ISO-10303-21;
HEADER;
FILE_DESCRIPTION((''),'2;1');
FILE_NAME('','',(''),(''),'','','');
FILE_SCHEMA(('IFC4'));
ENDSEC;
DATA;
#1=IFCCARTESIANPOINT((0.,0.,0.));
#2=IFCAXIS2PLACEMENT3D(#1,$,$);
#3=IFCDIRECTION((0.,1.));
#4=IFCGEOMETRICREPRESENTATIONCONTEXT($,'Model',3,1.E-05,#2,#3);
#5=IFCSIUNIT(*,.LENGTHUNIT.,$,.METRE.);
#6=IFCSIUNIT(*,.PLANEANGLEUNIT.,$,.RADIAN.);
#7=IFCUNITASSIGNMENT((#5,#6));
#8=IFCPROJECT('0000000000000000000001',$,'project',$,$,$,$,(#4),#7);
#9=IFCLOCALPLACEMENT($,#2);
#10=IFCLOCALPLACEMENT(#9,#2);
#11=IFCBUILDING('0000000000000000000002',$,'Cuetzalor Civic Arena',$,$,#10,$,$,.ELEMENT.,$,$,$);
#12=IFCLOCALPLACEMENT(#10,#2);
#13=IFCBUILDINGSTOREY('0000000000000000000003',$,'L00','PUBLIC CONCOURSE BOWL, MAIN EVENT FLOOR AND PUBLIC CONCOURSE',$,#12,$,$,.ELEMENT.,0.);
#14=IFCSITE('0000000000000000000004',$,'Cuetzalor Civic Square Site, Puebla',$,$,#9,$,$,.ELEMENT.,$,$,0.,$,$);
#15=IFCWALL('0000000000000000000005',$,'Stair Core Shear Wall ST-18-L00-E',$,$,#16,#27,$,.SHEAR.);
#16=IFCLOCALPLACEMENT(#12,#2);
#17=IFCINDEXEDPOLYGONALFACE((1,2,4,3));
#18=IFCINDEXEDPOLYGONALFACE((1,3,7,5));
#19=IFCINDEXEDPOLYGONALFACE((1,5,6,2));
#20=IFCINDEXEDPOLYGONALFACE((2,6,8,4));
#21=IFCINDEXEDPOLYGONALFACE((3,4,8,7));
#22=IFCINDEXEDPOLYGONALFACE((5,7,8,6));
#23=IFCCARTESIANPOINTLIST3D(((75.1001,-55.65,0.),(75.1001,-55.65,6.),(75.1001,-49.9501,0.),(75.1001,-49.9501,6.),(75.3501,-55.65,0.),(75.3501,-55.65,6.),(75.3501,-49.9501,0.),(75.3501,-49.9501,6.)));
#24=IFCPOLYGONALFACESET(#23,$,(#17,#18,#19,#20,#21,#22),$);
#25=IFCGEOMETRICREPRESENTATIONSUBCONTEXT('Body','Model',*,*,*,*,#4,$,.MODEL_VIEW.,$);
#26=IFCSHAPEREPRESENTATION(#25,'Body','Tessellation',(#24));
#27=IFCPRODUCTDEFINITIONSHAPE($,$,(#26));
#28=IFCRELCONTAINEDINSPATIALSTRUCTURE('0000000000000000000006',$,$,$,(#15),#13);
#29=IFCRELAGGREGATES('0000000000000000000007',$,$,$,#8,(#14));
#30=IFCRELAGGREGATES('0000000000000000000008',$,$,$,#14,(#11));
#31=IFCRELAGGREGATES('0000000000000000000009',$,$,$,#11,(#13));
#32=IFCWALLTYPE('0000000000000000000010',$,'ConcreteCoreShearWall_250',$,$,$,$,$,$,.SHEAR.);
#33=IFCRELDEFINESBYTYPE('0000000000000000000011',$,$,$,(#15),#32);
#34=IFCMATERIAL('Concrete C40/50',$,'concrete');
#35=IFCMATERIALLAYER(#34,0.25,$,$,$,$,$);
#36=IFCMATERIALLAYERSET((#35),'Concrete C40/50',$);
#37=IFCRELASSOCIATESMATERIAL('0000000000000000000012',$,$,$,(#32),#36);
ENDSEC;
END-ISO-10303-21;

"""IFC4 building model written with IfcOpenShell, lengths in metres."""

from ifc_helpers import new_model, si_unit, direction, frame, frame_2d, origin, place, context, subcontext, project, spatial, rectangle, extrude, material, layer, layer_set, type_object, element, save


model = new_model("IFC4")

# Units and contexts
model_context = context("Model", 3, precision=1e-05, world=origin(), true_north=direction((0.0, 1.0)))
body_context = subcontext(model_context, "Body", "Model", "MODEL_VIEW")
ifc_project = project(units=[si_unit("LENGTHUNIT", "METRE"), si_unit("PLANEANGLEUNIT", "RADIAN")], contexts=[model_context])

# Site, building, storey
site_placement = place(None, origin())
site = spatial("IfcSite", under=ifc_project, at=site_placement, Name="Cuetzalor Civic Square Site, Puebla", CompositionType="ELEMENT", RefElevation=0.0)
building_placement = place(site_placement, origin())
building = spatial("IfcBuilding", under=site, at=building_placement, Name="Cuetzalor Civic Arena", CompositionType="ELEMENT")
storey_placement = place(building_placement, origin())
storey = spatial("IfcBuildingStorey", under=building, at=storey_placement, Name="L00", Description="PUBLIC CONCOURSE BOWL, MAIN EVENT FLOOR AND PUBLIC CONCOURSE", CompositionType="ELEMENT", Elevation=0.0)

# Wall
ifc_material_1 = material(Name="Concrete C40/50", Category="concrete")
ifc_layer_1 = layer(ifc_material_1, 0.25)
ifc_layer_set_1 = layer_set([ifc_layer_1], Name="Concrete C40/50")
wall_type = type_object("IfcWallType", Name="ConcreteCoreShearWall_250", PredefinedType="SHEAR", material=ifc_layer_set_1)
wall_placement = place(storey_placement, frame((75.2251, -49.95, 0.0), z_axis=(0.0, 0.0, 1.0), x_axis=(0.0, -1.0, 0.0)))
element("IfcWall", 1, at=wall_placement, inside=storey, type_object=wall_type, Name="Stair Core Shear Wall ST-18-L00-E", PredefinedType="SHEAR", context=body_context, shape_type="SweptSolid", body=[
    extrude(rectangle(XDim=5.7, YDim=0.25, at=frame_2d((2.8501, 0.0))), origin(), (0.0, 0.0, 1.0), 6.0),
])

save(model, "model.ifc")
